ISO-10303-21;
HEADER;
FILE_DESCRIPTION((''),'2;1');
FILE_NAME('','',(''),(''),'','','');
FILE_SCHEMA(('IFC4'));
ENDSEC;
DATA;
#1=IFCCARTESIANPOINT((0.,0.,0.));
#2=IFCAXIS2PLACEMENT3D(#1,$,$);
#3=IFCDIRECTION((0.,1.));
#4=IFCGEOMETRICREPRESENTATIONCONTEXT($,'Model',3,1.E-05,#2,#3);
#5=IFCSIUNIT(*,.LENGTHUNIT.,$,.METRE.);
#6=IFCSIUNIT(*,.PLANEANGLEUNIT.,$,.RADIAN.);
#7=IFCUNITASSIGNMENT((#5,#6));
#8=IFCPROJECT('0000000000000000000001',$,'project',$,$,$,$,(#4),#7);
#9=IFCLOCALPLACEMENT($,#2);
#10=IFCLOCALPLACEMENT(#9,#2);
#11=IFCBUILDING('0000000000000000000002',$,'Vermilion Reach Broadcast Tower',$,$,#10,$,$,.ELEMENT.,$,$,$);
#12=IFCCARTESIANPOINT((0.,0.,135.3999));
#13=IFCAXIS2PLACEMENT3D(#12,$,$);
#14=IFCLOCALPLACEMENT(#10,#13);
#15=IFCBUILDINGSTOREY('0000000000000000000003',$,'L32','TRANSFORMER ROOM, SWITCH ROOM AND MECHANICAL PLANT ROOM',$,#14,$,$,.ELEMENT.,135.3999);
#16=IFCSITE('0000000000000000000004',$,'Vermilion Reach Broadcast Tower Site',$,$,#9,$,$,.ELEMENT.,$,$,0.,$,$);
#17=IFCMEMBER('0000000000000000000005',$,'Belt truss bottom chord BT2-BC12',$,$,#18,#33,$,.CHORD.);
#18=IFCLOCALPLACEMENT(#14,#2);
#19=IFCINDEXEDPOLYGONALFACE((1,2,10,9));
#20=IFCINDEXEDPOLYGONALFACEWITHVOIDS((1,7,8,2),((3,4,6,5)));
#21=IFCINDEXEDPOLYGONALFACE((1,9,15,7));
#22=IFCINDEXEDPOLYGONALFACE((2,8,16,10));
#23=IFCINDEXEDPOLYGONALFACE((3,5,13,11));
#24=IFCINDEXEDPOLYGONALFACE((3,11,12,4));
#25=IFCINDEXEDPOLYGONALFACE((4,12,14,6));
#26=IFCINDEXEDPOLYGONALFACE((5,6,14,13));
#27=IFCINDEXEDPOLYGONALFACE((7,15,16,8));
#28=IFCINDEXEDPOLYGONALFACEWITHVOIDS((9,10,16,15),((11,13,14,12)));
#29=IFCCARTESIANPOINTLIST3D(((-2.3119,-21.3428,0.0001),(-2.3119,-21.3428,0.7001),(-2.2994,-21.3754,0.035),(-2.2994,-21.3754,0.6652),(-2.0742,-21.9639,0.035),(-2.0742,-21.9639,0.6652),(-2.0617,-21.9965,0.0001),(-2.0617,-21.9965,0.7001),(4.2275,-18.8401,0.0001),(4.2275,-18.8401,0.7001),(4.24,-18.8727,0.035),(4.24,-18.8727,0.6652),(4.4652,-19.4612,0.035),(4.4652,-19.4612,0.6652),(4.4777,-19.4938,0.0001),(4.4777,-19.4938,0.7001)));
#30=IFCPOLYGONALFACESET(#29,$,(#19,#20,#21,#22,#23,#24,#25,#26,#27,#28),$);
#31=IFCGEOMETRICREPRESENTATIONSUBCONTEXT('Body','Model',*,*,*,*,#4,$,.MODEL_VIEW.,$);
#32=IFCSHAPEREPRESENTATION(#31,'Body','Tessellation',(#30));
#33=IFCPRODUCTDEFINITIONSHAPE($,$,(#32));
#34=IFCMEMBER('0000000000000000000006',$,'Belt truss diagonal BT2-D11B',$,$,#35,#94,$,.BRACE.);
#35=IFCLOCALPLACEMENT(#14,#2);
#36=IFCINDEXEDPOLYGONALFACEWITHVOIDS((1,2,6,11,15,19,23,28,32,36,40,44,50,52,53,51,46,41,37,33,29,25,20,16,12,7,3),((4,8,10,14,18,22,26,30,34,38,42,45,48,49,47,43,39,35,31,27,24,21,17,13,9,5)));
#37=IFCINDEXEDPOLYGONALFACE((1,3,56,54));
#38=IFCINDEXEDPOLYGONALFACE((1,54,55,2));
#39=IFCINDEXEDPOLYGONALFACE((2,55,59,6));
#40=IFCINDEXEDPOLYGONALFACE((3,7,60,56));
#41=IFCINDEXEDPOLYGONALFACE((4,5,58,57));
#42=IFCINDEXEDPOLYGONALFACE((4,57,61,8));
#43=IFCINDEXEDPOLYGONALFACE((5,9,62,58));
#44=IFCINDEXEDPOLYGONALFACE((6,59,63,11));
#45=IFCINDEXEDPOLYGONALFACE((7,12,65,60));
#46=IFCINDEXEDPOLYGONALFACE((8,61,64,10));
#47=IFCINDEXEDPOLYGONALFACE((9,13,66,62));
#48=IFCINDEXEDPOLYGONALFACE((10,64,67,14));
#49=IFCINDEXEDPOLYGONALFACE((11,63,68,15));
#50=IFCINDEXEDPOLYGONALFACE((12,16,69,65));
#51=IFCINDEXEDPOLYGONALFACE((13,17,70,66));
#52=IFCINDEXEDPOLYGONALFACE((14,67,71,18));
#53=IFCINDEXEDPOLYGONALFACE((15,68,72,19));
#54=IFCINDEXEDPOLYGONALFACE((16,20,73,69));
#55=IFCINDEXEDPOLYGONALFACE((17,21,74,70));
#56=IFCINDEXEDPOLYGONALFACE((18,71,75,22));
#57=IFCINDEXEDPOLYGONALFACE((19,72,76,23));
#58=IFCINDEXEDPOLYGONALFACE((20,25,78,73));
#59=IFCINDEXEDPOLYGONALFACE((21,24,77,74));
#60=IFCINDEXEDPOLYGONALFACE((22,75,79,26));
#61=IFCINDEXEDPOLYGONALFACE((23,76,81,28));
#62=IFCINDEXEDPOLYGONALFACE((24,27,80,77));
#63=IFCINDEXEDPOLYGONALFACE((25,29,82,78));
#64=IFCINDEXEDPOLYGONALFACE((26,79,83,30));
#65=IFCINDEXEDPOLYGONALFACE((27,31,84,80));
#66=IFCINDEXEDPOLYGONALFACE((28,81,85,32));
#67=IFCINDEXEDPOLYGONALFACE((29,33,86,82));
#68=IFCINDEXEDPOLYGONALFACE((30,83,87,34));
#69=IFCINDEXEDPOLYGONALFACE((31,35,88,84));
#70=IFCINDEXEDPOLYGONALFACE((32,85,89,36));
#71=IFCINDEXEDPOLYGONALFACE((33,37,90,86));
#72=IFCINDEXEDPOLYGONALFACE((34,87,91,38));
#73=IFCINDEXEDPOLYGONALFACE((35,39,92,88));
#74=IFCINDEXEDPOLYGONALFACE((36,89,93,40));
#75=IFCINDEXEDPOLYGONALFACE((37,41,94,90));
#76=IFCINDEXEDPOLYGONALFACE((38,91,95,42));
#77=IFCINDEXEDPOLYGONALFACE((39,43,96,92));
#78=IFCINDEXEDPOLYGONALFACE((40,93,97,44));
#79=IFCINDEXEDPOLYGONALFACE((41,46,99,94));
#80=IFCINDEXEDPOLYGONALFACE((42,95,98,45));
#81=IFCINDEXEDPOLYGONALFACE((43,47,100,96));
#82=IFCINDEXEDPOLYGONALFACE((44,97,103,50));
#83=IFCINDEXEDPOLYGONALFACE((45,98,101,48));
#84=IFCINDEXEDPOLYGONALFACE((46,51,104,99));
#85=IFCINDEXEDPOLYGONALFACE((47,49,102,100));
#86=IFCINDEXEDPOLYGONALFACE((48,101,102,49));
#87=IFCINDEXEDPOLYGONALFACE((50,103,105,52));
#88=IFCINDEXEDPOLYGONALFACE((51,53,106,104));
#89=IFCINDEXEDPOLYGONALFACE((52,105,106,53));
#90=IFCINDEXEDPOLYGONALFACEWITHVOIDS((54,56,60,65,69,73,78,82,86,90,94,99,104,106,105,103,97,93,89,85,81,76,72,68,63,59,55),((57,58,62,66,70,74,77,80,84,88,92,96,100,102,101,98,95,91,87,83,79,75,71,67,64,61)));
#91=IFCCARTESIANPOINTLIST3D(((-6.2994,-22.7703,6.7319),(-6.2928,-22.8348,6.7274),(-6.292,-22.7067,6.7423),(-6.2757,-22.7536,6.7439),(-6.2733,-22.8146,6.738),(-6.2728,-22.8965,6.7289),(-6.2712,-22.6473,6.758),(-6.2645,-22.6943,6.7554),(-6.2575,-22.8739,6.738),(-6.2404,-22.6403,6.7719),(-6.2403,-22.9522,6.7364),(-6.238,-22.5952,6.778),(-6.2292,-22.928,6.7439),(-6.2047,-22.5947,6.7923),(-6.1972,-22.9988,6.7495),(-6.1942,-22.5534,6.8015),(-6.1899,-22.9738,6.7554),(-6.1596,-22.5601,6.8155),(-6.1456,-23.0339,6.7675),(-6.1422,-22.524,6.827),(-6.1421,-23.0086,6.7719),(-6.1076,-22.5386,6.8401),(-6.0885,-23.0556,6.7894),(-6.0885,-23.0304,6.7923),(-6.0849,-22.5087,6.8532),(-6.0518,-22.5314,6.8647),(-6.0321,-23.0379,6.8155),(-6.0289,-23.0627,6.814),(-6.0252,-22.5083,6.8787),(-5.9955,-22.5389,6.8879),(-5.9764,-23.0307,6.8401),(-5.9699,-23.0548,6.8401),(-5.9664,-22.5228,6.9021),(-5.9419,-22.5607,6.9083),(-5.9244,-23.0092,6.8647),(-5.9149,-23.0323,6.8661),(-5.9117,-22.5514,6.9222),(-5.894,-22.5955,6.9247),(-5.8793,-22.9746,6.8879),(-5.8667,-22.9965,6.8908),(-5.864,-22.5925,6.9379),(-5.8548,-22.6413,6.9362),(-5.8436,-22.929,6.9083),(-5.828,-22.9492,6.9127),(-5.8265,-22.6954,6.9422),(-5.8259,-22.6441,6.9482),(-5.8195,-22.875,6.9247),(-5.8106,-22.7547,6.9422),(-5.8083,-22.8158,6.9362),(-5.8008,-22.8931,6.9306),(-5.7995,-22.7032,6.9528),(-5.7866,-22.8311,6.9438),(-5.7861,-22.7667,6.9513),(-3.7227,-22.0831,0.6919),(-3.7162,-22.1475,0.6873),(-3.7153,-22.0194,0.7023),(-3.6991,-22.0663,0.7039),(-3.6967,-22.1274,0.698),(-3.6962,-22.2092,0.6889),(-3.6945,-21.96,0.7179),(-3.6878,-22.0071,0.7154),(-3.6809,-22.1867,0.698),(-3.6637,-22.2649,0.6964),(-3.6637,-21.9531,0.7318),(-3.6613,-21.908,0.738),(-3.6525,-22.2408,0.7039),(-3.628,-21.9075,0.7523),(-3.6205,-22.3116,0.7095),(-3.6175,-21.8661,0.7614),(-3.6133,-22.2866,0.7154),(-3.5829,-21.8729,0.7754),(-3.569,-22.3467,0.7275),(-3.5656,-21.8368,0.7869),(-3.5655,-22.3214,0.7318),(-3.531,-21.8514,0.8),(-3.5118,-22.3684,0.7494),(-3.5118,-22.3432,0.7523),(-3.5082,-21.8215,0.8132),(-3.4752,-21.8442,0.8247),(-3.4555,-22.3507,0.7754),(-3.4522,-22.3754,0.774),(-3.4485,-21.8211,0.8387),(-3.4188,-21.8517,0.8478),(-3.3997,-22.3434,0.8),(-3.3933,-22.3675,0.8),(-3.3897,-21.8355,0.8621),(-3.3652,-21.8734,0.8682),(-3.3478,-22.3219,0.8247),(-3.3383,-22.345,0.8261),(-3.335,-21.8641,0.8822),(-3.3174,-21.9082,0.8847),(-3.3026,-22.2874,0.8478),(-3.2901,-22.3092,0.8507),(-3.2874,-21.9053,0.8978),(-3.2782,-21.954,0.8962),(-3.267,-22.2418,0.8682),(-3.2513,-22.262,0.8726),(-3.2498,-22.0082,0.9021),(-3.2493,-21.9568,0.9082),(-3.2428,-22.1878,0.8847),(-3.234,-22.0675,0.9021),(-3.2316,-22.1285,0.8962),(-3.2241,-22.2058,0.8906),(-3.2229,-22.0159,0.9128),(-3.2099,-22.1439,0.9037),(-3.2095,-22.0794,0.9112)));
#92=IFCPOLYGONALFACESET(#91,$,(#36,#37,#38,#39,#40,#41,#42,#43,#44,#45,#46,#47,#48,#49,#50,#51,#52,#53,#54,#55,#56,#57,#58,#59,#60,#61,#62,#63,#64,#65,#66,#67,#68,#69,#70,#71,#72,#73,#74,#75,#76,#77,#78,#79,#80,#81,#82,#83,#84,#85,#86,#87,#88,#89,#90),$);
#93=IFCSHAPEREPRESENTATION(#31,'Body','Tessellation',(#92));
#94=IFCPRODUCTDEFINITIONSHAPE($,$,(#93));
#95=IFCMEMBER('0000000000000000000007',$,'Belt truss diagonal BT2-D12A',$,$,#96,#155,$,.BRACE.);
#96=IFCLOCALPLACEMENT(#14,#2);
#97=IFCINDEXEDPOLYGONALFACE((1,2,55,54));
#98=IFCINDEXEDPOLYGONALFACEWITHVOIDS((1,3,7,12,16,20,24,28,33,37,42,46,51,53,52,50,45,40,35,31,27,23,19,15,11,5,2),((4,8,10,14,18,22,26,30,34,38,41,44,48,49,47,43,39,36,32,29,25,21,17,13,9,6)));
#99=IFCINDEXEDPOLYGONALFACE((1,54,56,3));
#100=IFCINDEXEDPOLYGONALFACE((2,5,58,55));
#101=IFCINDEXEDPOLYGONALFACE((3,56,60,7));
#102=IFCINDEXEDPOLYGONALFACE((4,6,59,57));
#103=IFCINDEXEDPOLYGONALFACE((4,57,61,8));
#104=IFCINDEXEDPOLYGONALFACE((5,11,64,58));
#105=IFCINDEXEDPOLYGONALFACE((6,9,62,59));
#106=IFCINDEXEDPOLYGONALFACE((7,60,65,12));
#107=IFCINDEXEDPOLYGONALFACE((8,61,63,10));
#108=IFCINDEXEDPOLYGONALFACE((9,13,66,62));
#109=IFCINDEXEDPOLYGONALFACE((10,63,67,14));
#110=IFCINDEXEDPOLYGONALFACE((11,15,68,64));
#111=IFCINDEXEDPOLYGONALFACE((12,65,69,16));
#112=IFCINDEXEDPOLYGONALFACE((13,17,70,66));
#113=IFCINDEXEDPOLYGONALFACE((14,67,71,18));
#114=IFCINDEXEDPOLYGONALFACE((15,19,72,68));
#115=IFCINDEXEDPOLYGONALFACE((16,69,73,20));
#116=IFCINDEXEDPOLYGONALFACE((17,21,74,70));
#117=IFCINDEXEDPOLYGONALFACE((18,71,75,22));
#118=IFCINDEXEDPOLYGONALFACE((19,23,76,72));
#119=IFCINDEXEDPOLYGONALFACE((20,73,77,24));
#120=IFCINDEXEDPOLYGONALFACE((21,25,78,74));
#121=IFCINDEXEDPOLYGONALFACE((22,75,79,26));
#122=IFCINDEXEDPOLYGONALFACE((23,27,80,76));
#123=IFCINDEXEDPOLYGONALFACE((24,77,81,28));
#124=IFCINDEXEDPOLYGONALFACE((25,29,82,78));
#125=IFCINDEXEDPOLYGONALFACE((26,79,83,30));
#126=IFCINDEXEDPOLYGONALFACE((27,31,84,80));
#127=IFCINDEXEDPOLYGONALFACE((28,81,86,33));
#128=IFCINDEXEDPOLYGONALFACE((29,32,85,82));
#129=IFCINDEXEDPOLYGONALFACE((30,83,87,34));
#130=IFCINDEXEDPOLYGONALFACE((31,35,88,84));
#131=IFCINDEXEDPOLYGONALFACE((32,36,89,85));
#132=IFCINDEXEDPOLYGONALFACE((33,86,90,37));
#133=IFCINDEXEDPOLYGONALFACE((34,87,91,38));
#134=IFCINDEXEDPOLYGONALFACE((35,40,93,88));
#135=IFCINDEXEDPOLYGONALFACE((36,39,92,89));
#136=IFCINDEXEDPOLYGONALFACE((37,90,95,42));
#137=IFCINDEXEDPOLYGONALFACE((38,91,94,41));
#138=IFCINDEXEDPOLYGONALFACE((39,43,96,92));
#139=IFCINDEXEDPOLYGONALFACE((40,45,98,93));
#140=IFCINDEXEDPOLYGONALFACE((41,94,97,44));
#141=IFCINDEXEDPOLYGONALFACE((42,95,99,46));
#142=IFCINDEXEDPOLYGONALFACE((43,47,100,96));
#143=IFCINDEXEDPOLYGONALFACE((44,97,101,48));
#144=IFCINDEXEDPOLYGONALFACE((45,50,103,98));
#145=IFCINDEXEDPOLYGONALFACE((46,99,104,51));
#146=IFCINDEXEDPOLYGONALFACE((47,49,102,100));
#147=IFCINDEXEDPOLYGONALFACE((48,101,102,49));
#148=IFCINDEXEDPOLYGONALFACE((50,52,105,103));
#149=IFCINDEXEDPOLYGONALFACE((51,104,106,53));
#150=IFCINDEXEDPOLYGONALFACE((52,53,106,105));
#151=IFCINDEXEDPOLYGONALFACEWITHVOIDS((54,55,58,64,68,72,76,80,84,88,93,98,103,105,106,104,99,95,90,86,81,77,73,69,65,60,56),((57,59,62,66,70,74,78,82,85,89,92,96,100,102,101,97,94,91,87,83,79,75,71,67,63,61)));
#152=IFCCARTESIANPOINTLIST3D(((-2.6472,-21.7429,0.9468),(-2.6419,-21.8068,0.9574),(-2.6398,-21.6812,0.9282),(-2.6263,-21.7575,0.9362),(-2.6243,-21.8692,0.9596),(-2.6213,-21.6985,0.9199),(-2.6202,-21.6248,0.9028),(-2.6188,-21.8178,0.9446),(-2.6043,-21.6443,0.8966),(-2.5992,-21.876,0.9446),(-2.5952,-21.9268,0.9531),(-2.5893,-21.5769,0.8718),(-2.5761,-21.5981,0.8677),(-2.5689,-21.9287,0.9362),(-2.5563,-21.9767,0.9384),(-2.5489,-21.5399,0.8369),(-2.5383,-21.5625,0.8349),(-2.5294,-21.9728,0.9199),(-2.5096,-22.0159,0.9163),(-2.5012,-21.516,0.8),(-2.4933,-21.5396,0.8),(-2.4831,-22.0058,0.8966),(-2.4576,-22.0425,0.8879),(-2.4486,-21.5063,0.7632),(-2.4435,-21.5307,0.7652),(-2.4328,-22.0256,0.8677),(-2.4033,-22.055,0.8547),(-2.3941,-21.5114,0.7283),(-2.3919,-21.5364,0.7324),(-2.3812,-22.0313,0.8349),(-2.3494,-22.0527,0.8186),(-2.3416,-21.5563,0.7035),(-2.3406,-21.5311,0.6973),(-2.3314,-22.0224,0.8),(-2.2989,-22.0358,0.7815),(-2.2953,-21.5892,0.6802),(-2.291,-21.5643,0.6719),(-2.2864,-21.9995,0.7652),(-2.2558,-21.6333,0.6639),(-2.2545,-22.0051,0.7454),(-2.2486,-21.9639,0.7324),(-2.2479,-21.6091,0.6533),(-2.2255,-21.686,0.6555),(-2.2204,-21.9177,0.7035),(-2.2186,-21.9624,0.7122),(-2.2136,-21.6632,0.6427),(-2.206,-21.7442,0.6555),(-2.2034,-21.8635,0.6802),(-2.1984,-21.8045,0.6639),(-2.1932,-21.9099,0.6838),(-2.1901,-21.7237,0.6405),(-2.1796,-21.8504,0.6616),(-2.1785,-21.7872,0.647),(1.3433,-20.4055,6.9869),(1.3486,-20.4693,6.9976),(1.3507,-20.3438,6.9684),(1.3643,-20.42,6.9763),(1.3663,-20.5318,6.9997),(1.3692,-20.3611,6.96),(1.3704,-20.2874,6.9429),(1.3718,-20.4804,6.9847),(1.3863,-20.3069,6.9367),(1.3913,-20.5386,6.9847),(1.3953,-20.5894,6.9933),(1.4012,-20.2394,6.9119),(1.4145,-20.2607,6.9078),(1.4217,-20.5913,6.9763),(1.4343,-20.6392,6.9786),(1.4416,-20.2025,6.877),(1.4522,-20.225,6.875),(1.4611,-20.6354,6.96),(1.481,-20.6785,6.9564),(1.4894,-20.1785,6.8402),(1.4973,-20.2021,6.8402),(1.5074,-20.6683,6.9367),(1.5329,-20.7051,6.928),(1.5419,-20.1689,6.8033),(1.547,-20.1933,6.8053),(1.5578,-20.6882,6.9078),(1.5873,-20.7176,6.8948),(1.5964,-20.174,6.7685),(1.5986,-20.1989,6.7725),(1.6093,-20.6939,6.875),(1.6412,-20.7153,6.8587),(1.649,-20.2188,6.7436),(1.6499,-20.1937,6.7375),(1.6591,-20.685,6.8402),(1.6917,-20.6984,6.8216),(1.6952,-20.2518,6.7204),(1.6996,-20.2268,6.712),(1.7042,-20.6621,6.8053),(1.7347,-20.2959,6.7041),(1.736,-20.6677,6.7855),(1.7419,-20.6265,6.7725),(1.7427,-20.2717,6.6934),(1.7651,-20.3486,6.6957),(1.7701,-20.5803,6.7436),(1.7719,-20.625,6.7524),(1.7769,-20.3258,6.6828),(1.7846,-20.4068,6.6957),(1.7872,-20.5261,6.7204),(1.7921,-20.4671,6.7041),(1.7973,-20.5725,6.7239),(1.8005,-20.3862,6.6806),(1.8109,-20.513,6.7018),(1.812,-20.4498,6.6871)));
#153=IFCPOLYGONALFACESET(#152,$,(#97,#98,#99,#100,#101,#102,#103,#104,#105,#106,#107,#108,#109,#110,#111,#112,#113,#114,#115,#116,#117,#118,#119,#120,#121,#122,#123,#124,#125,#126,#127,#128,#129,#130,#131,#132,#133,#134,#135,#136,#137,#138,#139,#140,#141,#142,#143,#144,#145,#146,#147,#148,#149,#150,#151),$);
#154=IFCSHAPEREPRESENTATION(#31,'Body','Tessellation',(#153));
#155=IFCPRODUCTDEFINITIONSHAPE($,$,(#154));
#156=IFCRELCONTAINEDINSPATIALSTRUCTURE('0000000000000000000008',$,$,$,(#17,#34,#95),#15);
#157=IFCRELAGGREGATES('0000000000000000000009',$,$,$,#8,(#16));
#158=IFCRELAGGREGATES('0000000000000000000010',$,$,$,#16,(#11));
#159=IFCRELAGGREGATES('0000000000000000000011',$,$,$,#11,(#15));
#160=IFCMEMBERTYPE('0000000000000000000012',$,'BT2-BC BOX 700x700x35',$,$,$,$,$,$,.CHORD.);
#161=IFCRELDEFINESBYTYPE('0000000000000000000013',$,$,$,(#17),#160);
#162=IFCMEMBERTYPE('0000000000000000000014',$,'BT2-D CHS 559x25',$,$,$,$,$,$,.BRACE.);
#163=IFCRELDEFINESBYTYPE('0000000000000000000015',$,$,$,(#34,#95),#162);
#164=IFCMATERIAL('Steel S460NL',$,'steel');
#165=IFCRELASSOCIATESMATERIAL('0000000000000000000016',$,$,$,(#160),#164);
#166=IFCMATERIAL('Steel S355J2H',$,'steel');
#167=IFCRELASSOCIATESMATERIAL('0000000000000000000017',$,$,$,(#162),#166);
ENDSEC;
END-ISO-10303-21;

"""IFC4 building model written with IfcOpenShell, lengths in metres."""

from ifc_helpers import new_model, si_unit, direction, frame, origin, origin_2d, place, context, subcontext, project, spatial, hollow_rectangle, hollow_circle, extrude, material, material_profile, profile_set, type_object, element, save


model = new_model("IFC4")

# Units and contexts
model_context = context("Model", 3, precision=1e-05, world=origin(), true_north=direction((0.0, 1.0)))
body_context = subcontext(model_context, "Body", "Model", "MODEL_VIEW")
ifc_project = project(units=[si_unit("LENGTHUNIT", "METRE"), si_unit("PLANEANGLEUNIT", "RADIAN")], contexts=[model_context])

# Site, building, storey
site_placement = place(None, origin())
site = spatial("IfcSite", under=ifc_project, at=site_placement, Name="Vermilion Reach Broadcast Tower Site", CompositionType="ELEMENT", RefElevation=0.0)
building_placement = place(site_placement, origin())
building = spatial("IfcBuilding", under=site, at=building_placement, Name="Vermilion Reach Broadcast Tower", CompositionType="ELEMENT")
storey_placement = place(building_placement, frame((0.0, 0.0, 135.3999)))
storey = spatial("IfcBuildingStorey", under=building, at=storey_placement, Name="L32", Description="TRANSFORMER ROOM, SWITCH ROOM AND MECHANICAL PLANT ROOM", CompositionType="ELEMENT", Elevation=135.3999)

# Members
ifc_material_1 = material(Name="Steel S460NL", Category="steel")
ifc_material_profile_1 = material_profile(ifc_material_1, hollow_rectangle(XDim=0.7, YDim=0.7, WallThickness=0.0349, at=origin_2d()), Name="S460NL BOX 700x700x35")
ifc_profile_set_1 = profile_set([ifc_material_profile_1], Name="Steel S460NL")
member_type_1 = type_object("IfcMemberType", Name="BT2-BC BOX 700x700x35", PredefinedType="CHORD", material=ifc_profile_set_1)
member_1_placement = place(storey_placement, frame((-2.1868, -21.6697, 0.3501), z_axis=(0.933939, 0.357432, 0.0), x_axis=(-0.357432, 0.933939, 0.0)))
element("IfcMember", 1, at=member_1_placement, inside=storey, type_object=member_type_1, Name="Belt truss bottom chord BT2-BC12", PredefinedType="CHORD", context=body_context, shape_type="SweptSolid", body=[
    extrude(hollow_rectangle(XDim=0.7, YDim=0.7, WallThickness=0.0349, at=origin_2d()), origin(), (0.0, 0.0, 1.0), 7.002),
])
ifc_material_2 = material(Name="Steel S355J2H", Category="steel")
ifc_material_profile_2 = material_profile(ifc_material_2, hollow_circle(Radius=0.2795, WallThickness=0.0249, at=origin_2d()), Name="S355J2H CHS 559x25")
ifc_profile_set_2 = profile_set([ifc_material_profile_2], Name="Steel S355J2H")
member_type_2 = type_object("IfcMemberType", Name="BT2-D CHS 559x25", PredefinedType="BRACE", material=ifc_profile_set_2)
member_2_placement = place(storey_placement, frame((-3.4653, -22.0974, 0.8), z_axis=(-0.390253, -0.10409, 0.914805), x_axis=(0.257714, -0.966221, 0.0)))
element("IfcMember", 2, at=member_2_placement, inside=storey, type_object=member_type_2, Name="Belt truss diagonal BT2-D11B", PredefinedType="BRACE", context=body_context, shape_type="SweptSolid", body=[
    extrude(hollow_circle(Radius=0.2795, WallThickness=0.0249, at=origin_2d()), origin(), (0.0, 0.0, 1.0), 6.6025),
])
member_3_placement = place(storey_placement, frame((-2.4124, -21.781, 0.8), z_axis=(0.542059, 0.18167, 0.820468), x_axis=(-0.317776, 0.948166, 0.0)))
element("IfcMember", 3, at=member_3_placement, inside=storey, type_object=member_type_2, Name="Belt truss diagonal BT2-D12A", PredefinedType="BRACE", context=body_context, shape_type="SweptSolid", body=[
    extrude(hollow_circle(Radius=0.2795, WallThickness=0.0249, at=origin_2d()), origin(), (0.0, 0.0, 1.0), 7.3618),
])

save(model, "model.ifc")
